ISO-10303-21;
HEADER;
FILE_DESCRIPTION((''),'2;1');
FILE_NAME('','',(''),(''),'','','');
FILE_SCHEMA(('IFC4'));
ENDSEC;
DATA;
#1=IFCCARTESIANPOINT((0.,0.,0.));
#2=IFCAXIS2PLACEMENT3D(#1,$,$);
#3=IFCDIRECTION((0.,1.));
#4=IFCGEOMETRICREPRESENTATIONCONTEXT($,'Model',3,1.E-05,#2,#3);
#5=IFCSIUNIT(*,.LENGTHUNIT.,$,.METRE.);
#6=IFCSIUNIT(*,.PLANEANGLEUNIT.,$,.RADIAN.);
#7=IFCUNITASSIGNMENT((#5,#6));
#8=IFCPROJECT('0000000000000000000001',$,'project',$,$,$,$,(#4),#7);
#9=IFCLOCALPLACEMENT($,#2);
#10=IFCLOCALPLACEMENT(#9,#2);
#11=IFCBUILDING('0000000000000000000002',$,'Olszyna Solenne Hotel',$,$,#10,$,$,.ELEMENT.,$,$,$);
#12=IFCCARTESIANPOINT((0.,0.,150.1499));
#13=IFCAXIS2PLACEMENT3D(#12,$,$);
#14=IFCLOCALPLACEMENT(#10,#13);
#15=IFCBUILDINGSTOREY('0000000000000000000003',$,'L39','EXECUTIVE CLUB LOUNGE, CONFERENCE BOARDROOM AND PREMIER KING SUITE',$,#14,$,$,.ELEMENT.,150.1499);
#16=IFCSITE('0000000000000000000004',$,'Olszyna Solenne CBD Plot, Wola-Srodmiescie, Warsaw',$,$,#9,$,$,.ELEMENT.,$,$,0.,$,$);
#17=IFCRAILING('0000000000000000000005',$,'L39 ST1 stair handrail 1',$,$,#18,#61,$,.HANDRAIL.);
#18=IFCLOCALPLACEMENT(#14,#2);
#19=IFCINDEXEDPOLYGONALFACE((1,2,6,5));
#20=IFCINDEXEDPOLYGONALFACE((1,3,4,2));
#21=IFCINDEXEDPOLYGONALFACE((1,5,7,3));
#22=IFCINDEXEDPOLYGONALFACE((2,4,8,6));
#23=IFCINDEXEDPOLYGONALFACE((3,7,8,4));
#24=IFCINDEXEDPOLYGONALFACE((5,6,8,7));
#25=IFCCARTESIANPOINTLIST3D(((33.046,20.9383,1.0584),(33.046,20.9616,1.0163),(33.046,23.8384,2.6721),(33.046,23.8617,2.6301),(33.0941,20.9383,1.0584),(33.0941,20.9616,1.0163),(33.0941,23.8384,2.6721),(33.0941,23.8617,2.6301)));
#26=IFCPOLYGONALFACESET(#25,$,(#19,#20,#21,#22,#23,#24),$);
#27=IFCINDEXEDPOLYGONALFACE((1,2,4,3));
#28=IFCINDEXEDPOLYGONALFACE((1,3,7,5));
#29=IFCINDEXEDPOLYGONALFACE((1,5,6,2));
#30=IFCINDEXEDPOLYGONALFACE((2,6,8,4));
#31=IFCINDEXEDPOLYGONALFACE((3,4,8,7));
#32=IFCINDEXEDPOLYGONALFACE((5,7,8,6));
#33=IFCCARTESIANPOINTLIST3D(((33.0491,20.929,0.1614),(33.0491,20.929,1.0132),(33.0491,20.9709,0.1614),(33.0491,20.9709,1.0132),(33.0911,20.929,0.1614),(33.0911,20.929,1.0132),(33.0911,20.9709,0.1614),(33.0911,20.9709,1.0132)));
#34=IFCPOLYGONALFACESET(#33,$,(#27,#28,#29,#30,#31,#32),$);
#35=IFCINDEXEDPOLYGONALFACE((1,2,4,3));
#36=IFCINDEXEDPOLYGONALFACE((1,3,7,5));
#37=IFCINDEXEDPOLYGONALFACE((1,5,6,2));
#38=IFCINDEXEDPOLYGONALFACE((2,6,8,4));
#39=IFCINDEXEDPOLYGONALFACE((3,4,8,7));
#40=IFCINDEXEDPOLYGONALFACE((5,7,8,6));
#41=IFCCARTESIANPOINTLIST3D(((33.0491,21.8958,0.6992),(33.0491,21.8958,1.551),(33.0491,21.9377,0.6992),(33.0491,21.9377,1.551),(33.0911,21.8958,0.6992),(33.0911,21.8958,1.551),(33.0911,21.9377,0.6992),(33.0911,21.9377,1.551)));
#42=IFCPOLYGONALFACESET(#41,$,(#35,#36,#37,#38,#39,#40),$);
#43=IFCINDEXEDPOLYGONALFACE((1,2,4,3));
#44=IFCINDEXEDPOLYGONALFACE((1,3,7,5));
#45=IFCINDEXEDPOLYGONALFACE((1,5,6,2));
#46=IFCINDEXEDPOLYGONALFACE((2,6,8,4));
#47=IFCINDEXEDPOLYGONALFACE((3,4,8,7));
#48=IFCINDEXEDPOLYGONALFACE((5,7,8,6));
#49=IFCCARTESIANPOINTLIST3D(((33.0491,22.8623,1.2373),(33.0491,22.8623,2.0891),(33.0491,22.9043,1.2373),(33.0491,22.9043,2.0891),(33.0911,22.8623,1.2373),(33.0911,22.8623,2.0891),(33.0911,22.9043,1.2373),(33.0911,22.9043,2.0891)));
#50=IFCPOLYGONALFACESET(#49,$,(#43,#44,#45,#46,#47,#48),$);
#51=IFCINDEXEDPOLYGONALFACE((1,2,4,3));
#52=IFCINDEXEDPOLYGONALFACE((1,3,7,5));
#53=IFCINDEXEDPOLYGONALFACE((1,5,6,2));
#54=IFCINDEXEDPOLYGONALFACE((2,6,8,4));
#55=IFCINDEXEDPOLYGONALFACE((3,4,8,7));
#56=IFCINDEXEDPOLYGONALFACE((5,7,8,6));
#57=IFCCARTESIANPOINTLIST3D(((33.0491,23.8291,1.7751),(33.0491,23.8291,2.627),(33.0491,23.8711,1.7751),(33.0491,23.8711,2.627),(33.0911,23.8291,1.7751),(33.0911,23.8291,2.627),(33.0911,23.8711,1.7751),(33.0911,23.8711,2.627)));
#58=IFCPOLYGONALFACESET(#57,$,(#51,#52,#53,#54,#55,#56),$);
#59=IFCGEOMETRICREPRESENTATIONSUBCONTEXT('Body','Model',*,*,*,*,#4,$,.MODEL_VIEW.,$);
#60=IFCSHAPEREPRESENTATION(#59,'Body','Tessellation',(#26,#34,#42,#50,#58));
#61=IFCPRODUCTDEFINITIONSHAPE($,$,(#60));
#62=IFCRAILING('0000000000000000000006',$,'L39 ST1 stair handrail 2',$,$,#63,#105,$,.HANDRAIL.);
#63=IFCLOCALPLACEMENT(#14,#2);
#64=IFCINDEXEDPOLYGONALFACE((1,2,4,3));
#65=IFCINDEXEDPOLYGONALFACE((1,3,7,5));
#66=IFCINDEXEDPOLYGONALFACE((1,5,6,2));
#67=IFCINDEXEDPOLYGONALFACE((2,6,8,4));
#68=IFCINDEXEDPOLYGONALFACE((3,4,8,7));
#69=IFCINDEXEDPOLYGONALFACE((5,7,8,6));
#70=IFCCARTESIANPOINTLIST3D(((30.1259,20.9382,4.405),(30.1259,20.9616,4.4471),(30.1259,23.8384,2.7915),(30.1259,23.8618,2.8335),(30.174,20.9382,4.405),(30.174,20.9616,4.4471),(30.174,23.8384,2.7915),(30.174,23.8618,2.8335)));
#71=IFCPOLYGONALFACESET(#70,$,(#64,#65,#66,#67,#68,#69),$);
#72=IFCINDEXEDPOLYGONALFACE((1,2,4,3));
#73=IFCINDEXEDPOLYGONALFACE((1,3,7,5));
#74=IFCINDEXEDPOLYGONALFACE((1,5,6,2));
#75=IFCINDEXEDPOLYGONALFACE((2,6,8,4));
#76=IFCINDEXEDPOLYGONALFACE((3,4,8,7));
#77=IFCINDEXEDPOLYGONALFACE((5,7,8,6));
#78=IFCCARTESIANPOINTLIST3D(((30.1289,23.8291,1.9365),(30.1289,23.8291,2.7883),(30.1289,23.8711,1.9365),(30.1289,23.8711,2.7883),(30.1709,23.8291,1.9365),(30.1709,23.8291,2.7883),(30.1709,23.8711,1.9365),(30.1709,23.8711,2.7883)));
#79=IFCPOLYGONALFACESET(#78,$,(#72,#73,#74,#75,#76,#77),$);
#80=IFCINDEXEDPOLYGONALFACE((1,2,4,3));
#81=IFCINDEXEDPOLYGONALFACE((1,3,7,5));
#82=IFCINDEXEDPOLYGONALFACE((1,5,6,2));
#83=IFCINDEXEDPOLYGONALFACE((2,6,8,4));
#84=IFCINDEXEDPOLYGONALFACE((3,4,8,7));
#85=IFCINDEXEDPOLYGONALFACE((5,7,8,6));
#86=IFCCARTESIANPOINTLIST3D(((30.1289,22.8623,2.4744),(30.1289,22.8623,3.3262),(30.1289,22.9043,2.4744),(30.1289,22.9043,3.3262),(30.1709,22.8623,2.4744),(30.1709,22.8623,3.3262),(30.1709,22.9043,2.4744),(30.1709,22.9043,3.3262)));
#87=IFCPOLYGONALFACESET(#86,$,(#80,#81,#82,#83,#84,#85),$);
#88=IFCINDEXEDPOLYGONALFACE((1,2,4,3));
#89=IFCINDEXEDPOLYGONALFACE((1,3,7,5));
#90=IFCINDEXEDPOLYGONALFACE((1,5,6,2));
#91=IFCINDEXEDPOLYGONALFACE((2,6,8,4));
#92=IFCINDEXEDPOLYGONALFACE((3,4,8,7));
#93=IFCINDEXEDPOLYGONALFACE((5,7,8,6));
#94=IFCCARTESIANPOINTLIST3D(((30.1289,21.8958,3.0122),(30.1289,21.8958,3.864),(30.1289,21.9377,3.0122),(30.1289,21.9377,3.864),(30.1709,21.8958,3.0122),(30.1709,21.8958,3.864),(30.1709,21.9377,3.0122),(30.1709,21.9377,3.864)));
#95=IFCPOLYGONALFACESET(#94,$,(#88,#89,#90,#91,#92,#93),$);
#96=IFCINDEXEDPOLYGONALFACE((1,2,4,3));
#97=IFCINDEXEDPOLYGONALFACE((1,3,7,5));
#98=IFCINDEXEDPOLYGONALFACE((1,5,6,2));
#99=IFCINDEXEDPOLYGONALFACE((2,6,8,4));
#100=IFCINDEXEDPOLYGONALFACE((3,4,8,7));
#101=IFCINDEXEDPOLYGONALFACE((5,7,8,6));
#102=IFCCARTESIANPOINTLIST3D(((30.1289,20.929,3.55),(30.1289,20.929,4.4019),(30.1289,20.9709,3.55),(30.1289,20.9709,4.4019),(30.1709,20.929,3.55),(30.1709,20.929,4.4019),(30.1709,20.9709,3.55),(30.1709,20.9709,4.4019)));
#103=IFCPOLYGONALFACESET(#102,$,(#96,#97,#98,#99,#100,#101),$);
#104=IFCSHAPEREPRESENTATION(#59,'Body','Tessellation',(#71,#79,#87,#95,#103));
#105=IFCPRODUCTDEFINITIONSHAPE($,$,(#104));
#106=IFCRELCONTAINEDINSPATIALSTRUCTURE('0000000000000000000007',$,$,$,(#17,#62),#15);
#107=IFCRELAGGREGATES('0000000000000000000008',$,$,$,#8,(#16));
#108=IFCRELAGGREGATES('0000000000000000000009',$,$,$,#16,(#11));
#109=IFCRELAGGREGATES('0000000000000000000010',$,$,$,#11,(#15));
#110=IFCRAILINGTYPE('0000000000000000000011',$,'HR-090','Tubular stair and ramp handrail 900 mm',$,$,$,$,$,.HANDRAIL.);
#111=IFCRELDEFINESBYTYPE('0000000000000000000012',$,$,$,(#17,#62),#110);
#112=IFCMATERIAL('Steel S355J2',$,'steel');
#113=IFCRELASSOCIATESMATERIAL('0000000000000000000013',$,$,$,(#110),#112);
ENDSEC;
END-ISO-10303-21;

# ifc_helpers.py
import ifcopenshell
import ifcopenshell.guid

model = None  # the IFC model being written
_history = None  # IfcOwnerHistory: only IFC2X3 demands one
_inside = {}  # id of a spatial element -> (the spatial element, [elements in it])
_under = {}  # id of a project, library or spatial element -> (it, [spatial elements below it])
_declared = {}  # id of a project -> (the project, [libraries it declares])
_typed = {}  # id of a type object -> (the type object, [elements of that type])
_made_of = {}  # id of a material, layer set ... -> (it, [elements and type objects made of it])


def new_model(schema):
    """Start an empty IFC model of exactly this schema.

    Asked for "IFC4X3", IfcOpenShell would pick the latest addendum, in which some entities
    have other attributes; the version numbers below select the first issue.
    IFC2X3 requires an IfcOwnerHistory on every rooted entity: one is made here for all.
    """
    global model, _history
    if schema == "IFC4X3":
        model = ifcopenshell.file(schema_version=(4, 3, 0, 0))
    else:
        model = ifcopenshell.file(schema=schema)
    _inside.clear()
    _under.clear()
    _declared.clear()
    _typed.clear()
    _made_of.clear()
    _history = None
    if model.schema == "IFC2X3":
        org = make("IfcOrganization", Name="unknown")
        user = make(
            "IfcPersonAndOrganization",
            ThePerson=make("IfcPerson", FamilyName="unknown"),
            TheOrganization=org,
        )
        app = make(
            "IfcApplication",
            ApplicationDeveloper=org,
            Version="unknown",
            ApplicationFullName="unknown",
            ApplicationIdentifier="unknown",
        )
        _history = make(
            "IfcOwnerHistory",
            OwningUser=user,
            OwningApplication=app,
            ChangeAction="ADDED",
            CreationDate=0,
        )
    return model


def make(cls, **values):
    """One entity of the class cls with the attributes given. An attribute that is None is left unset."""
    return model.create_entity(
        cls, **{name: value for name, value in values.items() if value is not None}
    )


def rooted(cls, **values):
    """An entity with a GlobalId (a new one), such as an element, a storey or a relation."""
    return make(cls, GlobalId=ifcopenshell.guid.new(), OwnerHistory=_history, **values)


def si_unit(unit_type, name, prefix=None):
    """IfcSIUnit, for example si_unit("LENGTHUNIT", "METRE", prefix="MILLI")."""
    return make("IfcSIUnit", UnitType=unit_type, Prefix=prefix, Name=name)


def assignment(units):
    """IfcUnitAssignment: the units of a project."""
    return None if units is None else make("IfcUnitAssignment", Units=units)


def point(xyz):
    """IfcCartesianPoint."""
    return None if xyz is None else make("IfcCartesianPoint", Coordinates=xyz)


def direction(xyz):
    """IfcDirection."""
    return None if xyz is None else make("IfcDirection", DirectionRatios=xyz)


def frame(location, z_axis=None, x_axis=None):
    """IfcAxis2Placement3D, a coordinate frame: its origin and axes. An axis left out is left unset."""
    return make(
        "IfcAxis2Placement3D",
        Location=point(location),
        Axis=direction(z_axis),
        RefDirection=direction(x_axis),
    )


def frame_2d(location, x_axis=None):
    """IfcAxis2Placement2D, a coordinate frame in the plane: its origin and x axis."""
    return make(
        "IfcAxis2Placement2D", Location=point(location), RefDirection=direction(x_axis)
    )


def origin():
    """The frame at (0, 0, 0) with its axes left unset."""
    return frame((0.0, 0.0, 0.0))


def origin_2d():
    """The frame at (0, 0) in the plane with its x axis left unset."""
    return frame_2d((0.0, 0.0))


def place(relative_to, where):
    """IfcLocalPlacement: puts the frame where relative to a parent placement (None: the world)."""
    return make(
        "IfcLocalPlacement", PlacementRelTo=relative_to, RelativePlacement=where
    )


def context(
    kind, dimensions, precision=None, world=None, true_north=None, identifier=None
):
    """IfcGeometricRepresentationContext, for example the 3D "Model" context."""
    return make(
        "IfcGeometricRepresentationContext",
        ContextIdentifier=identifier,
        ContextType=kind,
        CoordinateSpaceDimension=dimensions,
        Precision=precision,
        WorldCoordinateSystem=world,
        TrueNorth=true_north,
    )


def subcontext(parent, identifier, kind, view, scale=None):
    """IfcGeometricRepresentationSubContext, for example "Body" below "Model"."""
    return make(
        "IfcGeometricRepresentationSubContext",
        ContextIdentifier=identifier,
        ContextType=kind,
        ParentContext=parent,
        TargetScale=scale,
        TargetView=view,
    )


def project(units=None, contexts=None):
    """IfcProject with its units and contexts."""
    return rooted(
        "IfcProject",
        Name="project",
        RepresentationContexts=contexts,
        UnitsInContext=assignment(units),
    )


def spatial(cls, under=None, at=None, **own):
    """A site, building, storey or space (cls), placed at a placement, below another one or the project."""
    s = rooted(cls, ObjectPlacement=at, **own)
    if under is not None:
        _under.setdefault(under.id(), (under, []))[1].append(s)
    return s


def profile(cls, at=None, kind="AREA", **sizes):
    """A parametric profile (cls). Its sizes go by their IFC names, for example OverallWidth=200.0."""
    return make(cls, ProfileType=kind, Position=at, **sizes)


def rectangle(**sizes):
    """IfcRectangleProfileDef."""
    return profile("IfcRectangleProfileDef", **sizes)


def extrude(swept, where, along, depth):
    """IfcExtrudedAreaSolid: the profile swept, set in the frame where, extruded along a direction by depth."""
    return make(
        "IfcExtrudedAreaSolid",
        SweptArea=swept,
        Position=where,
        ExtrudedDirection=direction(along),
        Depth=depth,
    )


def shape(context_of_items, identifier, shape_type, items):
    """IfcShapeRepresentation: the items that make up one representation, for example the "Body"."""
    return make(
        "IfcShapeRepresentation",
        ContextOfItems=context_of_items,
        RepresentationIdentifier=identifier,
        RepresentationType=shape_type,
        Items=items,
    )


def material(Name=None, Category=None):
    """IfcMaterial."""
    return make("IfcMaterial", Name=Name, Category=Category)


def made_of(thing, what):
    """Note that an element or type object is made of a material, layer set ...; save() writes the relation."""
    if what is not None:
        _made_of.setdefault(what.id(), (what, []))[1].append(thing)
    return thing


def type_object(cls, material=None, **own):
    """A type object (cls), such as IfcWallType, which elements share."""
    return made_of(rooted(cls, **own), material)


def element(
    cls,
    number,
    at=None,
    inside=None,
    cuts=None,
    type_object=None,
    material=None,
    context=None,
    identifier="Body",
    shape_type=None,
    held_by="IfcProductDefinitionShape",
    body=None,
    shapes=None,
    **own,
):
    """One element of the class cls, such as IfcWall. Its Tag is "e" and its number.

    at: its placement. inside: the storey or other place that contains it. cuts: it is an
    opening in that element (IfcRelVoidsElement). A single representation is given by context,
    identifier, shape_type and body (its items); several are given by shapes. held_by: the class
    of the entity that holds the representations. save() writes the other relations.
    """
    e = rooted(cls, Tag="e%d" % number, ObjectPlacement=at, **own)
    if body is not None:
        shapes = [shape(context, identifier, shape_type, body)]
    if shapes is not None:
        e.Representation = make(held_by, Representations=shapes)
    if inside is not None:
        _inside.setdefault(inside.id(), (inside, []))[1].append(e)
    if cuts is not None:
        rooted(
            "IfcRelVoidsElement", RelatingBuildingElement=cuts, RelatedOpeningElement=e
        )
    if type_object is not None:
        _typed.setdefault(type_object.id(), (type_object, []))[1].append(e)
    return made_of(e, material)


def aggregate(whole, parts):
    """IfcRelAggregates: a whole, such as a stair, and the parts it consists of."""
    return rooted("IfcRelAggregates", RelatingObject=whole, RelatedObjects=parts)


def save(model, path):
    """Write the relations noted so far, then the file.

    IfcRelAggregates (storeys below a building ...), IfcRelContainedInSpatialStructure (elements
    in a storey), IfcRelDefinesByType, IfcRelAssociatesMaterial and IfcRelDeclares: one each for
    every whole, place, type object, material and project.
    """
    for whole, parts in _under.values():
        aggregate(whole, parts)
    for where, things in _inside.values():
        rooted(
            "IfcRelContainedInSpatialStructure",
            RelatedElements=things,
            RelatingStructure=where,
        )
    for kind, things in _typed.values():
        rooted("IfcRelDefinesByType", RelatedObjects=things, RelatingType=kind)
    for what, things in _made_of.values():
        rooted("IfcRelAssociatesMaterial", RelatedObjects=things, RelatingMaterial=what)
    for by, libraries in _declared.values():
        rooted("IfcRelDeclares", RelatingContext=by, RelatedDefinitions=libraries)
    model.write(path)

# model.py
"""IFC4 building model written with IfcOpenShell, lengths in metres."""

from ifc_helpers import new_model, si_unit, direction, frame, origin, origin_2d, place, context, subcontext, project, spatial, rectangle, extrude, material, type_object, element, save


model = new_model("IFC4")

# Units and contexts
model_context = context("Model", 3, precision=1e-05, world=origin(), true_north=direction((0.0, 1.0)))
body_context = subcontext(model_context, "Body", "Model", "MODEL_VIEW")
ifc_project = project(units=[si_unit("LENGTHUNIT", "METRE"), si_unit("PLANEANGLEUNIT", "RADIAN")], contexts=[model_context])

# Site, building, storey
site_placement = place(None, origin())
site = spatial("IfcSite", under=ifc_project, at=site_placement, Name="Olszyna Solenne CBD Plot, Wola-Srodmiescie, Warsaw", CompositionType="ELEMENT", RefElevation=0.0)
building_placement = place(site_placement, origin())
building = spatial("IfcBuilding", under=site, at=building_placement, Name="Olszyna Solenne Hotel", CompositionType="ELEMENT")
storey_placement = place(building_placement, frame((0.0, 0.0, 150.1499)))
storey = spatial("IfcBuildingStorey", under=building, at=storey_placement, Name="L39", Description="EXECUTIVE CLUB LOUNGE, CONFERENCE BOARDROOM AND PREMIER KING SUITE", CompositionType="ELEMENT", Elevation=150.1499)

# Shared definitions
ifc_material_1 = material(Name="Steel S355J2", Category="steel")

# Railings
railing_type_1 = type_object("IfcRailingType", Name="HR-090", Description="Tubular stair and ramp handrail 900 mm", PredefinedType="HANDRAIL", material=ifc_material_1)
railing_1_placement = place(storey_placement, frame((33.0701, 20.95, 0.1614)))
element("IfcRailing", 1, at=railing_1_placement, inside=storey, type_object=railing_type_1, Name="L39 ST1 stair handrail 1", PredefinedType="HANDRAIL", context=body_context, shape_type="SweptSolid", body=[
    extrude(rectangle(XDim=0.0481, YDim=0.0481, at=origin_2d()), frame((0.0, 0.0, 0.876), z_axis=(0.0, 0.873827, 0.486236), x_axis=(-1.0, 0.0, 0.0)), (0.0, 0.0, 1.0), 3.3188),
    extrude(rectangle(XDim=0.042, YDim=0.042, at=origin_2d()), origin(), (0.0, 0.0, 1.0), 0.8518),
    extrude(rectangle(XDim=0.042, YDim=0.042, at=origin_2d()), frame((0.0, 0.9668, 0.5378)), (0.0, 0.0, 1.0), 0.8518),
    extrude(rectangle(XDim=0.042, YDim=0.042, at=origin_2d()), frame((0.0, 1.9333, 1.0759)), (0.0, 0.0, 1.0), 0.8518),
    extrude(rectangle(XDim=0.042, YDim=0.042, at=origin_2d()), frame((0.0, 2.9001, 1.6138)), (0.0, 0.0, 1.0), 0.8518),
])
railing_2_placement = place(storey_placement, frame((30.1499, 23.8501, 1.9365)))
element("IfcRailing", 2, at=railing_2_placement, inside=storey, type_object=railing_type_1, Name="L39 ST1 stair handrail 2", PredefinedType="HANDRAIL", context=body_context, shape_type="SweptSolid", body=[
    extrude(rectangle(XDim=0.0481, YDim=0.0481, at=origin_2d()), frame((0.0, 0.0, 0.876), z_axis=(0.0, -0.873859, 0.48618), x_axis=(1.0, 0.0, 0.0)), (0.0, 0.0, 1.0), 3.3188),
    extrude(rectangle(XDim=0.042, YDim=0.042, at=origin_2d()), origin(), (0.0, 0.0, 1.0), 0.8518),
    extrude(rectangle(XDim=0.042, YDim=0.042, at=origin_2d()), frame((0.0, -0.9668, 0.5378)), (0.0, 0.0, 1.0), 0.8518),
    extrude(rectangle(XDim=0.042, YDim=0.042, at=origin_2d()), frame((0.0, -1.9333, 1.0757)), (0.0, 0.0, 1.0), 0.8518),
    extrude(rectangle(XDim=0.042, YDim=0.042, at=origin_2d()), frame((0.0, -2.9001, 1.6135)), (0.0, 0.0, 1.0), 0.8518),
])

save(model, "model.ifc")
